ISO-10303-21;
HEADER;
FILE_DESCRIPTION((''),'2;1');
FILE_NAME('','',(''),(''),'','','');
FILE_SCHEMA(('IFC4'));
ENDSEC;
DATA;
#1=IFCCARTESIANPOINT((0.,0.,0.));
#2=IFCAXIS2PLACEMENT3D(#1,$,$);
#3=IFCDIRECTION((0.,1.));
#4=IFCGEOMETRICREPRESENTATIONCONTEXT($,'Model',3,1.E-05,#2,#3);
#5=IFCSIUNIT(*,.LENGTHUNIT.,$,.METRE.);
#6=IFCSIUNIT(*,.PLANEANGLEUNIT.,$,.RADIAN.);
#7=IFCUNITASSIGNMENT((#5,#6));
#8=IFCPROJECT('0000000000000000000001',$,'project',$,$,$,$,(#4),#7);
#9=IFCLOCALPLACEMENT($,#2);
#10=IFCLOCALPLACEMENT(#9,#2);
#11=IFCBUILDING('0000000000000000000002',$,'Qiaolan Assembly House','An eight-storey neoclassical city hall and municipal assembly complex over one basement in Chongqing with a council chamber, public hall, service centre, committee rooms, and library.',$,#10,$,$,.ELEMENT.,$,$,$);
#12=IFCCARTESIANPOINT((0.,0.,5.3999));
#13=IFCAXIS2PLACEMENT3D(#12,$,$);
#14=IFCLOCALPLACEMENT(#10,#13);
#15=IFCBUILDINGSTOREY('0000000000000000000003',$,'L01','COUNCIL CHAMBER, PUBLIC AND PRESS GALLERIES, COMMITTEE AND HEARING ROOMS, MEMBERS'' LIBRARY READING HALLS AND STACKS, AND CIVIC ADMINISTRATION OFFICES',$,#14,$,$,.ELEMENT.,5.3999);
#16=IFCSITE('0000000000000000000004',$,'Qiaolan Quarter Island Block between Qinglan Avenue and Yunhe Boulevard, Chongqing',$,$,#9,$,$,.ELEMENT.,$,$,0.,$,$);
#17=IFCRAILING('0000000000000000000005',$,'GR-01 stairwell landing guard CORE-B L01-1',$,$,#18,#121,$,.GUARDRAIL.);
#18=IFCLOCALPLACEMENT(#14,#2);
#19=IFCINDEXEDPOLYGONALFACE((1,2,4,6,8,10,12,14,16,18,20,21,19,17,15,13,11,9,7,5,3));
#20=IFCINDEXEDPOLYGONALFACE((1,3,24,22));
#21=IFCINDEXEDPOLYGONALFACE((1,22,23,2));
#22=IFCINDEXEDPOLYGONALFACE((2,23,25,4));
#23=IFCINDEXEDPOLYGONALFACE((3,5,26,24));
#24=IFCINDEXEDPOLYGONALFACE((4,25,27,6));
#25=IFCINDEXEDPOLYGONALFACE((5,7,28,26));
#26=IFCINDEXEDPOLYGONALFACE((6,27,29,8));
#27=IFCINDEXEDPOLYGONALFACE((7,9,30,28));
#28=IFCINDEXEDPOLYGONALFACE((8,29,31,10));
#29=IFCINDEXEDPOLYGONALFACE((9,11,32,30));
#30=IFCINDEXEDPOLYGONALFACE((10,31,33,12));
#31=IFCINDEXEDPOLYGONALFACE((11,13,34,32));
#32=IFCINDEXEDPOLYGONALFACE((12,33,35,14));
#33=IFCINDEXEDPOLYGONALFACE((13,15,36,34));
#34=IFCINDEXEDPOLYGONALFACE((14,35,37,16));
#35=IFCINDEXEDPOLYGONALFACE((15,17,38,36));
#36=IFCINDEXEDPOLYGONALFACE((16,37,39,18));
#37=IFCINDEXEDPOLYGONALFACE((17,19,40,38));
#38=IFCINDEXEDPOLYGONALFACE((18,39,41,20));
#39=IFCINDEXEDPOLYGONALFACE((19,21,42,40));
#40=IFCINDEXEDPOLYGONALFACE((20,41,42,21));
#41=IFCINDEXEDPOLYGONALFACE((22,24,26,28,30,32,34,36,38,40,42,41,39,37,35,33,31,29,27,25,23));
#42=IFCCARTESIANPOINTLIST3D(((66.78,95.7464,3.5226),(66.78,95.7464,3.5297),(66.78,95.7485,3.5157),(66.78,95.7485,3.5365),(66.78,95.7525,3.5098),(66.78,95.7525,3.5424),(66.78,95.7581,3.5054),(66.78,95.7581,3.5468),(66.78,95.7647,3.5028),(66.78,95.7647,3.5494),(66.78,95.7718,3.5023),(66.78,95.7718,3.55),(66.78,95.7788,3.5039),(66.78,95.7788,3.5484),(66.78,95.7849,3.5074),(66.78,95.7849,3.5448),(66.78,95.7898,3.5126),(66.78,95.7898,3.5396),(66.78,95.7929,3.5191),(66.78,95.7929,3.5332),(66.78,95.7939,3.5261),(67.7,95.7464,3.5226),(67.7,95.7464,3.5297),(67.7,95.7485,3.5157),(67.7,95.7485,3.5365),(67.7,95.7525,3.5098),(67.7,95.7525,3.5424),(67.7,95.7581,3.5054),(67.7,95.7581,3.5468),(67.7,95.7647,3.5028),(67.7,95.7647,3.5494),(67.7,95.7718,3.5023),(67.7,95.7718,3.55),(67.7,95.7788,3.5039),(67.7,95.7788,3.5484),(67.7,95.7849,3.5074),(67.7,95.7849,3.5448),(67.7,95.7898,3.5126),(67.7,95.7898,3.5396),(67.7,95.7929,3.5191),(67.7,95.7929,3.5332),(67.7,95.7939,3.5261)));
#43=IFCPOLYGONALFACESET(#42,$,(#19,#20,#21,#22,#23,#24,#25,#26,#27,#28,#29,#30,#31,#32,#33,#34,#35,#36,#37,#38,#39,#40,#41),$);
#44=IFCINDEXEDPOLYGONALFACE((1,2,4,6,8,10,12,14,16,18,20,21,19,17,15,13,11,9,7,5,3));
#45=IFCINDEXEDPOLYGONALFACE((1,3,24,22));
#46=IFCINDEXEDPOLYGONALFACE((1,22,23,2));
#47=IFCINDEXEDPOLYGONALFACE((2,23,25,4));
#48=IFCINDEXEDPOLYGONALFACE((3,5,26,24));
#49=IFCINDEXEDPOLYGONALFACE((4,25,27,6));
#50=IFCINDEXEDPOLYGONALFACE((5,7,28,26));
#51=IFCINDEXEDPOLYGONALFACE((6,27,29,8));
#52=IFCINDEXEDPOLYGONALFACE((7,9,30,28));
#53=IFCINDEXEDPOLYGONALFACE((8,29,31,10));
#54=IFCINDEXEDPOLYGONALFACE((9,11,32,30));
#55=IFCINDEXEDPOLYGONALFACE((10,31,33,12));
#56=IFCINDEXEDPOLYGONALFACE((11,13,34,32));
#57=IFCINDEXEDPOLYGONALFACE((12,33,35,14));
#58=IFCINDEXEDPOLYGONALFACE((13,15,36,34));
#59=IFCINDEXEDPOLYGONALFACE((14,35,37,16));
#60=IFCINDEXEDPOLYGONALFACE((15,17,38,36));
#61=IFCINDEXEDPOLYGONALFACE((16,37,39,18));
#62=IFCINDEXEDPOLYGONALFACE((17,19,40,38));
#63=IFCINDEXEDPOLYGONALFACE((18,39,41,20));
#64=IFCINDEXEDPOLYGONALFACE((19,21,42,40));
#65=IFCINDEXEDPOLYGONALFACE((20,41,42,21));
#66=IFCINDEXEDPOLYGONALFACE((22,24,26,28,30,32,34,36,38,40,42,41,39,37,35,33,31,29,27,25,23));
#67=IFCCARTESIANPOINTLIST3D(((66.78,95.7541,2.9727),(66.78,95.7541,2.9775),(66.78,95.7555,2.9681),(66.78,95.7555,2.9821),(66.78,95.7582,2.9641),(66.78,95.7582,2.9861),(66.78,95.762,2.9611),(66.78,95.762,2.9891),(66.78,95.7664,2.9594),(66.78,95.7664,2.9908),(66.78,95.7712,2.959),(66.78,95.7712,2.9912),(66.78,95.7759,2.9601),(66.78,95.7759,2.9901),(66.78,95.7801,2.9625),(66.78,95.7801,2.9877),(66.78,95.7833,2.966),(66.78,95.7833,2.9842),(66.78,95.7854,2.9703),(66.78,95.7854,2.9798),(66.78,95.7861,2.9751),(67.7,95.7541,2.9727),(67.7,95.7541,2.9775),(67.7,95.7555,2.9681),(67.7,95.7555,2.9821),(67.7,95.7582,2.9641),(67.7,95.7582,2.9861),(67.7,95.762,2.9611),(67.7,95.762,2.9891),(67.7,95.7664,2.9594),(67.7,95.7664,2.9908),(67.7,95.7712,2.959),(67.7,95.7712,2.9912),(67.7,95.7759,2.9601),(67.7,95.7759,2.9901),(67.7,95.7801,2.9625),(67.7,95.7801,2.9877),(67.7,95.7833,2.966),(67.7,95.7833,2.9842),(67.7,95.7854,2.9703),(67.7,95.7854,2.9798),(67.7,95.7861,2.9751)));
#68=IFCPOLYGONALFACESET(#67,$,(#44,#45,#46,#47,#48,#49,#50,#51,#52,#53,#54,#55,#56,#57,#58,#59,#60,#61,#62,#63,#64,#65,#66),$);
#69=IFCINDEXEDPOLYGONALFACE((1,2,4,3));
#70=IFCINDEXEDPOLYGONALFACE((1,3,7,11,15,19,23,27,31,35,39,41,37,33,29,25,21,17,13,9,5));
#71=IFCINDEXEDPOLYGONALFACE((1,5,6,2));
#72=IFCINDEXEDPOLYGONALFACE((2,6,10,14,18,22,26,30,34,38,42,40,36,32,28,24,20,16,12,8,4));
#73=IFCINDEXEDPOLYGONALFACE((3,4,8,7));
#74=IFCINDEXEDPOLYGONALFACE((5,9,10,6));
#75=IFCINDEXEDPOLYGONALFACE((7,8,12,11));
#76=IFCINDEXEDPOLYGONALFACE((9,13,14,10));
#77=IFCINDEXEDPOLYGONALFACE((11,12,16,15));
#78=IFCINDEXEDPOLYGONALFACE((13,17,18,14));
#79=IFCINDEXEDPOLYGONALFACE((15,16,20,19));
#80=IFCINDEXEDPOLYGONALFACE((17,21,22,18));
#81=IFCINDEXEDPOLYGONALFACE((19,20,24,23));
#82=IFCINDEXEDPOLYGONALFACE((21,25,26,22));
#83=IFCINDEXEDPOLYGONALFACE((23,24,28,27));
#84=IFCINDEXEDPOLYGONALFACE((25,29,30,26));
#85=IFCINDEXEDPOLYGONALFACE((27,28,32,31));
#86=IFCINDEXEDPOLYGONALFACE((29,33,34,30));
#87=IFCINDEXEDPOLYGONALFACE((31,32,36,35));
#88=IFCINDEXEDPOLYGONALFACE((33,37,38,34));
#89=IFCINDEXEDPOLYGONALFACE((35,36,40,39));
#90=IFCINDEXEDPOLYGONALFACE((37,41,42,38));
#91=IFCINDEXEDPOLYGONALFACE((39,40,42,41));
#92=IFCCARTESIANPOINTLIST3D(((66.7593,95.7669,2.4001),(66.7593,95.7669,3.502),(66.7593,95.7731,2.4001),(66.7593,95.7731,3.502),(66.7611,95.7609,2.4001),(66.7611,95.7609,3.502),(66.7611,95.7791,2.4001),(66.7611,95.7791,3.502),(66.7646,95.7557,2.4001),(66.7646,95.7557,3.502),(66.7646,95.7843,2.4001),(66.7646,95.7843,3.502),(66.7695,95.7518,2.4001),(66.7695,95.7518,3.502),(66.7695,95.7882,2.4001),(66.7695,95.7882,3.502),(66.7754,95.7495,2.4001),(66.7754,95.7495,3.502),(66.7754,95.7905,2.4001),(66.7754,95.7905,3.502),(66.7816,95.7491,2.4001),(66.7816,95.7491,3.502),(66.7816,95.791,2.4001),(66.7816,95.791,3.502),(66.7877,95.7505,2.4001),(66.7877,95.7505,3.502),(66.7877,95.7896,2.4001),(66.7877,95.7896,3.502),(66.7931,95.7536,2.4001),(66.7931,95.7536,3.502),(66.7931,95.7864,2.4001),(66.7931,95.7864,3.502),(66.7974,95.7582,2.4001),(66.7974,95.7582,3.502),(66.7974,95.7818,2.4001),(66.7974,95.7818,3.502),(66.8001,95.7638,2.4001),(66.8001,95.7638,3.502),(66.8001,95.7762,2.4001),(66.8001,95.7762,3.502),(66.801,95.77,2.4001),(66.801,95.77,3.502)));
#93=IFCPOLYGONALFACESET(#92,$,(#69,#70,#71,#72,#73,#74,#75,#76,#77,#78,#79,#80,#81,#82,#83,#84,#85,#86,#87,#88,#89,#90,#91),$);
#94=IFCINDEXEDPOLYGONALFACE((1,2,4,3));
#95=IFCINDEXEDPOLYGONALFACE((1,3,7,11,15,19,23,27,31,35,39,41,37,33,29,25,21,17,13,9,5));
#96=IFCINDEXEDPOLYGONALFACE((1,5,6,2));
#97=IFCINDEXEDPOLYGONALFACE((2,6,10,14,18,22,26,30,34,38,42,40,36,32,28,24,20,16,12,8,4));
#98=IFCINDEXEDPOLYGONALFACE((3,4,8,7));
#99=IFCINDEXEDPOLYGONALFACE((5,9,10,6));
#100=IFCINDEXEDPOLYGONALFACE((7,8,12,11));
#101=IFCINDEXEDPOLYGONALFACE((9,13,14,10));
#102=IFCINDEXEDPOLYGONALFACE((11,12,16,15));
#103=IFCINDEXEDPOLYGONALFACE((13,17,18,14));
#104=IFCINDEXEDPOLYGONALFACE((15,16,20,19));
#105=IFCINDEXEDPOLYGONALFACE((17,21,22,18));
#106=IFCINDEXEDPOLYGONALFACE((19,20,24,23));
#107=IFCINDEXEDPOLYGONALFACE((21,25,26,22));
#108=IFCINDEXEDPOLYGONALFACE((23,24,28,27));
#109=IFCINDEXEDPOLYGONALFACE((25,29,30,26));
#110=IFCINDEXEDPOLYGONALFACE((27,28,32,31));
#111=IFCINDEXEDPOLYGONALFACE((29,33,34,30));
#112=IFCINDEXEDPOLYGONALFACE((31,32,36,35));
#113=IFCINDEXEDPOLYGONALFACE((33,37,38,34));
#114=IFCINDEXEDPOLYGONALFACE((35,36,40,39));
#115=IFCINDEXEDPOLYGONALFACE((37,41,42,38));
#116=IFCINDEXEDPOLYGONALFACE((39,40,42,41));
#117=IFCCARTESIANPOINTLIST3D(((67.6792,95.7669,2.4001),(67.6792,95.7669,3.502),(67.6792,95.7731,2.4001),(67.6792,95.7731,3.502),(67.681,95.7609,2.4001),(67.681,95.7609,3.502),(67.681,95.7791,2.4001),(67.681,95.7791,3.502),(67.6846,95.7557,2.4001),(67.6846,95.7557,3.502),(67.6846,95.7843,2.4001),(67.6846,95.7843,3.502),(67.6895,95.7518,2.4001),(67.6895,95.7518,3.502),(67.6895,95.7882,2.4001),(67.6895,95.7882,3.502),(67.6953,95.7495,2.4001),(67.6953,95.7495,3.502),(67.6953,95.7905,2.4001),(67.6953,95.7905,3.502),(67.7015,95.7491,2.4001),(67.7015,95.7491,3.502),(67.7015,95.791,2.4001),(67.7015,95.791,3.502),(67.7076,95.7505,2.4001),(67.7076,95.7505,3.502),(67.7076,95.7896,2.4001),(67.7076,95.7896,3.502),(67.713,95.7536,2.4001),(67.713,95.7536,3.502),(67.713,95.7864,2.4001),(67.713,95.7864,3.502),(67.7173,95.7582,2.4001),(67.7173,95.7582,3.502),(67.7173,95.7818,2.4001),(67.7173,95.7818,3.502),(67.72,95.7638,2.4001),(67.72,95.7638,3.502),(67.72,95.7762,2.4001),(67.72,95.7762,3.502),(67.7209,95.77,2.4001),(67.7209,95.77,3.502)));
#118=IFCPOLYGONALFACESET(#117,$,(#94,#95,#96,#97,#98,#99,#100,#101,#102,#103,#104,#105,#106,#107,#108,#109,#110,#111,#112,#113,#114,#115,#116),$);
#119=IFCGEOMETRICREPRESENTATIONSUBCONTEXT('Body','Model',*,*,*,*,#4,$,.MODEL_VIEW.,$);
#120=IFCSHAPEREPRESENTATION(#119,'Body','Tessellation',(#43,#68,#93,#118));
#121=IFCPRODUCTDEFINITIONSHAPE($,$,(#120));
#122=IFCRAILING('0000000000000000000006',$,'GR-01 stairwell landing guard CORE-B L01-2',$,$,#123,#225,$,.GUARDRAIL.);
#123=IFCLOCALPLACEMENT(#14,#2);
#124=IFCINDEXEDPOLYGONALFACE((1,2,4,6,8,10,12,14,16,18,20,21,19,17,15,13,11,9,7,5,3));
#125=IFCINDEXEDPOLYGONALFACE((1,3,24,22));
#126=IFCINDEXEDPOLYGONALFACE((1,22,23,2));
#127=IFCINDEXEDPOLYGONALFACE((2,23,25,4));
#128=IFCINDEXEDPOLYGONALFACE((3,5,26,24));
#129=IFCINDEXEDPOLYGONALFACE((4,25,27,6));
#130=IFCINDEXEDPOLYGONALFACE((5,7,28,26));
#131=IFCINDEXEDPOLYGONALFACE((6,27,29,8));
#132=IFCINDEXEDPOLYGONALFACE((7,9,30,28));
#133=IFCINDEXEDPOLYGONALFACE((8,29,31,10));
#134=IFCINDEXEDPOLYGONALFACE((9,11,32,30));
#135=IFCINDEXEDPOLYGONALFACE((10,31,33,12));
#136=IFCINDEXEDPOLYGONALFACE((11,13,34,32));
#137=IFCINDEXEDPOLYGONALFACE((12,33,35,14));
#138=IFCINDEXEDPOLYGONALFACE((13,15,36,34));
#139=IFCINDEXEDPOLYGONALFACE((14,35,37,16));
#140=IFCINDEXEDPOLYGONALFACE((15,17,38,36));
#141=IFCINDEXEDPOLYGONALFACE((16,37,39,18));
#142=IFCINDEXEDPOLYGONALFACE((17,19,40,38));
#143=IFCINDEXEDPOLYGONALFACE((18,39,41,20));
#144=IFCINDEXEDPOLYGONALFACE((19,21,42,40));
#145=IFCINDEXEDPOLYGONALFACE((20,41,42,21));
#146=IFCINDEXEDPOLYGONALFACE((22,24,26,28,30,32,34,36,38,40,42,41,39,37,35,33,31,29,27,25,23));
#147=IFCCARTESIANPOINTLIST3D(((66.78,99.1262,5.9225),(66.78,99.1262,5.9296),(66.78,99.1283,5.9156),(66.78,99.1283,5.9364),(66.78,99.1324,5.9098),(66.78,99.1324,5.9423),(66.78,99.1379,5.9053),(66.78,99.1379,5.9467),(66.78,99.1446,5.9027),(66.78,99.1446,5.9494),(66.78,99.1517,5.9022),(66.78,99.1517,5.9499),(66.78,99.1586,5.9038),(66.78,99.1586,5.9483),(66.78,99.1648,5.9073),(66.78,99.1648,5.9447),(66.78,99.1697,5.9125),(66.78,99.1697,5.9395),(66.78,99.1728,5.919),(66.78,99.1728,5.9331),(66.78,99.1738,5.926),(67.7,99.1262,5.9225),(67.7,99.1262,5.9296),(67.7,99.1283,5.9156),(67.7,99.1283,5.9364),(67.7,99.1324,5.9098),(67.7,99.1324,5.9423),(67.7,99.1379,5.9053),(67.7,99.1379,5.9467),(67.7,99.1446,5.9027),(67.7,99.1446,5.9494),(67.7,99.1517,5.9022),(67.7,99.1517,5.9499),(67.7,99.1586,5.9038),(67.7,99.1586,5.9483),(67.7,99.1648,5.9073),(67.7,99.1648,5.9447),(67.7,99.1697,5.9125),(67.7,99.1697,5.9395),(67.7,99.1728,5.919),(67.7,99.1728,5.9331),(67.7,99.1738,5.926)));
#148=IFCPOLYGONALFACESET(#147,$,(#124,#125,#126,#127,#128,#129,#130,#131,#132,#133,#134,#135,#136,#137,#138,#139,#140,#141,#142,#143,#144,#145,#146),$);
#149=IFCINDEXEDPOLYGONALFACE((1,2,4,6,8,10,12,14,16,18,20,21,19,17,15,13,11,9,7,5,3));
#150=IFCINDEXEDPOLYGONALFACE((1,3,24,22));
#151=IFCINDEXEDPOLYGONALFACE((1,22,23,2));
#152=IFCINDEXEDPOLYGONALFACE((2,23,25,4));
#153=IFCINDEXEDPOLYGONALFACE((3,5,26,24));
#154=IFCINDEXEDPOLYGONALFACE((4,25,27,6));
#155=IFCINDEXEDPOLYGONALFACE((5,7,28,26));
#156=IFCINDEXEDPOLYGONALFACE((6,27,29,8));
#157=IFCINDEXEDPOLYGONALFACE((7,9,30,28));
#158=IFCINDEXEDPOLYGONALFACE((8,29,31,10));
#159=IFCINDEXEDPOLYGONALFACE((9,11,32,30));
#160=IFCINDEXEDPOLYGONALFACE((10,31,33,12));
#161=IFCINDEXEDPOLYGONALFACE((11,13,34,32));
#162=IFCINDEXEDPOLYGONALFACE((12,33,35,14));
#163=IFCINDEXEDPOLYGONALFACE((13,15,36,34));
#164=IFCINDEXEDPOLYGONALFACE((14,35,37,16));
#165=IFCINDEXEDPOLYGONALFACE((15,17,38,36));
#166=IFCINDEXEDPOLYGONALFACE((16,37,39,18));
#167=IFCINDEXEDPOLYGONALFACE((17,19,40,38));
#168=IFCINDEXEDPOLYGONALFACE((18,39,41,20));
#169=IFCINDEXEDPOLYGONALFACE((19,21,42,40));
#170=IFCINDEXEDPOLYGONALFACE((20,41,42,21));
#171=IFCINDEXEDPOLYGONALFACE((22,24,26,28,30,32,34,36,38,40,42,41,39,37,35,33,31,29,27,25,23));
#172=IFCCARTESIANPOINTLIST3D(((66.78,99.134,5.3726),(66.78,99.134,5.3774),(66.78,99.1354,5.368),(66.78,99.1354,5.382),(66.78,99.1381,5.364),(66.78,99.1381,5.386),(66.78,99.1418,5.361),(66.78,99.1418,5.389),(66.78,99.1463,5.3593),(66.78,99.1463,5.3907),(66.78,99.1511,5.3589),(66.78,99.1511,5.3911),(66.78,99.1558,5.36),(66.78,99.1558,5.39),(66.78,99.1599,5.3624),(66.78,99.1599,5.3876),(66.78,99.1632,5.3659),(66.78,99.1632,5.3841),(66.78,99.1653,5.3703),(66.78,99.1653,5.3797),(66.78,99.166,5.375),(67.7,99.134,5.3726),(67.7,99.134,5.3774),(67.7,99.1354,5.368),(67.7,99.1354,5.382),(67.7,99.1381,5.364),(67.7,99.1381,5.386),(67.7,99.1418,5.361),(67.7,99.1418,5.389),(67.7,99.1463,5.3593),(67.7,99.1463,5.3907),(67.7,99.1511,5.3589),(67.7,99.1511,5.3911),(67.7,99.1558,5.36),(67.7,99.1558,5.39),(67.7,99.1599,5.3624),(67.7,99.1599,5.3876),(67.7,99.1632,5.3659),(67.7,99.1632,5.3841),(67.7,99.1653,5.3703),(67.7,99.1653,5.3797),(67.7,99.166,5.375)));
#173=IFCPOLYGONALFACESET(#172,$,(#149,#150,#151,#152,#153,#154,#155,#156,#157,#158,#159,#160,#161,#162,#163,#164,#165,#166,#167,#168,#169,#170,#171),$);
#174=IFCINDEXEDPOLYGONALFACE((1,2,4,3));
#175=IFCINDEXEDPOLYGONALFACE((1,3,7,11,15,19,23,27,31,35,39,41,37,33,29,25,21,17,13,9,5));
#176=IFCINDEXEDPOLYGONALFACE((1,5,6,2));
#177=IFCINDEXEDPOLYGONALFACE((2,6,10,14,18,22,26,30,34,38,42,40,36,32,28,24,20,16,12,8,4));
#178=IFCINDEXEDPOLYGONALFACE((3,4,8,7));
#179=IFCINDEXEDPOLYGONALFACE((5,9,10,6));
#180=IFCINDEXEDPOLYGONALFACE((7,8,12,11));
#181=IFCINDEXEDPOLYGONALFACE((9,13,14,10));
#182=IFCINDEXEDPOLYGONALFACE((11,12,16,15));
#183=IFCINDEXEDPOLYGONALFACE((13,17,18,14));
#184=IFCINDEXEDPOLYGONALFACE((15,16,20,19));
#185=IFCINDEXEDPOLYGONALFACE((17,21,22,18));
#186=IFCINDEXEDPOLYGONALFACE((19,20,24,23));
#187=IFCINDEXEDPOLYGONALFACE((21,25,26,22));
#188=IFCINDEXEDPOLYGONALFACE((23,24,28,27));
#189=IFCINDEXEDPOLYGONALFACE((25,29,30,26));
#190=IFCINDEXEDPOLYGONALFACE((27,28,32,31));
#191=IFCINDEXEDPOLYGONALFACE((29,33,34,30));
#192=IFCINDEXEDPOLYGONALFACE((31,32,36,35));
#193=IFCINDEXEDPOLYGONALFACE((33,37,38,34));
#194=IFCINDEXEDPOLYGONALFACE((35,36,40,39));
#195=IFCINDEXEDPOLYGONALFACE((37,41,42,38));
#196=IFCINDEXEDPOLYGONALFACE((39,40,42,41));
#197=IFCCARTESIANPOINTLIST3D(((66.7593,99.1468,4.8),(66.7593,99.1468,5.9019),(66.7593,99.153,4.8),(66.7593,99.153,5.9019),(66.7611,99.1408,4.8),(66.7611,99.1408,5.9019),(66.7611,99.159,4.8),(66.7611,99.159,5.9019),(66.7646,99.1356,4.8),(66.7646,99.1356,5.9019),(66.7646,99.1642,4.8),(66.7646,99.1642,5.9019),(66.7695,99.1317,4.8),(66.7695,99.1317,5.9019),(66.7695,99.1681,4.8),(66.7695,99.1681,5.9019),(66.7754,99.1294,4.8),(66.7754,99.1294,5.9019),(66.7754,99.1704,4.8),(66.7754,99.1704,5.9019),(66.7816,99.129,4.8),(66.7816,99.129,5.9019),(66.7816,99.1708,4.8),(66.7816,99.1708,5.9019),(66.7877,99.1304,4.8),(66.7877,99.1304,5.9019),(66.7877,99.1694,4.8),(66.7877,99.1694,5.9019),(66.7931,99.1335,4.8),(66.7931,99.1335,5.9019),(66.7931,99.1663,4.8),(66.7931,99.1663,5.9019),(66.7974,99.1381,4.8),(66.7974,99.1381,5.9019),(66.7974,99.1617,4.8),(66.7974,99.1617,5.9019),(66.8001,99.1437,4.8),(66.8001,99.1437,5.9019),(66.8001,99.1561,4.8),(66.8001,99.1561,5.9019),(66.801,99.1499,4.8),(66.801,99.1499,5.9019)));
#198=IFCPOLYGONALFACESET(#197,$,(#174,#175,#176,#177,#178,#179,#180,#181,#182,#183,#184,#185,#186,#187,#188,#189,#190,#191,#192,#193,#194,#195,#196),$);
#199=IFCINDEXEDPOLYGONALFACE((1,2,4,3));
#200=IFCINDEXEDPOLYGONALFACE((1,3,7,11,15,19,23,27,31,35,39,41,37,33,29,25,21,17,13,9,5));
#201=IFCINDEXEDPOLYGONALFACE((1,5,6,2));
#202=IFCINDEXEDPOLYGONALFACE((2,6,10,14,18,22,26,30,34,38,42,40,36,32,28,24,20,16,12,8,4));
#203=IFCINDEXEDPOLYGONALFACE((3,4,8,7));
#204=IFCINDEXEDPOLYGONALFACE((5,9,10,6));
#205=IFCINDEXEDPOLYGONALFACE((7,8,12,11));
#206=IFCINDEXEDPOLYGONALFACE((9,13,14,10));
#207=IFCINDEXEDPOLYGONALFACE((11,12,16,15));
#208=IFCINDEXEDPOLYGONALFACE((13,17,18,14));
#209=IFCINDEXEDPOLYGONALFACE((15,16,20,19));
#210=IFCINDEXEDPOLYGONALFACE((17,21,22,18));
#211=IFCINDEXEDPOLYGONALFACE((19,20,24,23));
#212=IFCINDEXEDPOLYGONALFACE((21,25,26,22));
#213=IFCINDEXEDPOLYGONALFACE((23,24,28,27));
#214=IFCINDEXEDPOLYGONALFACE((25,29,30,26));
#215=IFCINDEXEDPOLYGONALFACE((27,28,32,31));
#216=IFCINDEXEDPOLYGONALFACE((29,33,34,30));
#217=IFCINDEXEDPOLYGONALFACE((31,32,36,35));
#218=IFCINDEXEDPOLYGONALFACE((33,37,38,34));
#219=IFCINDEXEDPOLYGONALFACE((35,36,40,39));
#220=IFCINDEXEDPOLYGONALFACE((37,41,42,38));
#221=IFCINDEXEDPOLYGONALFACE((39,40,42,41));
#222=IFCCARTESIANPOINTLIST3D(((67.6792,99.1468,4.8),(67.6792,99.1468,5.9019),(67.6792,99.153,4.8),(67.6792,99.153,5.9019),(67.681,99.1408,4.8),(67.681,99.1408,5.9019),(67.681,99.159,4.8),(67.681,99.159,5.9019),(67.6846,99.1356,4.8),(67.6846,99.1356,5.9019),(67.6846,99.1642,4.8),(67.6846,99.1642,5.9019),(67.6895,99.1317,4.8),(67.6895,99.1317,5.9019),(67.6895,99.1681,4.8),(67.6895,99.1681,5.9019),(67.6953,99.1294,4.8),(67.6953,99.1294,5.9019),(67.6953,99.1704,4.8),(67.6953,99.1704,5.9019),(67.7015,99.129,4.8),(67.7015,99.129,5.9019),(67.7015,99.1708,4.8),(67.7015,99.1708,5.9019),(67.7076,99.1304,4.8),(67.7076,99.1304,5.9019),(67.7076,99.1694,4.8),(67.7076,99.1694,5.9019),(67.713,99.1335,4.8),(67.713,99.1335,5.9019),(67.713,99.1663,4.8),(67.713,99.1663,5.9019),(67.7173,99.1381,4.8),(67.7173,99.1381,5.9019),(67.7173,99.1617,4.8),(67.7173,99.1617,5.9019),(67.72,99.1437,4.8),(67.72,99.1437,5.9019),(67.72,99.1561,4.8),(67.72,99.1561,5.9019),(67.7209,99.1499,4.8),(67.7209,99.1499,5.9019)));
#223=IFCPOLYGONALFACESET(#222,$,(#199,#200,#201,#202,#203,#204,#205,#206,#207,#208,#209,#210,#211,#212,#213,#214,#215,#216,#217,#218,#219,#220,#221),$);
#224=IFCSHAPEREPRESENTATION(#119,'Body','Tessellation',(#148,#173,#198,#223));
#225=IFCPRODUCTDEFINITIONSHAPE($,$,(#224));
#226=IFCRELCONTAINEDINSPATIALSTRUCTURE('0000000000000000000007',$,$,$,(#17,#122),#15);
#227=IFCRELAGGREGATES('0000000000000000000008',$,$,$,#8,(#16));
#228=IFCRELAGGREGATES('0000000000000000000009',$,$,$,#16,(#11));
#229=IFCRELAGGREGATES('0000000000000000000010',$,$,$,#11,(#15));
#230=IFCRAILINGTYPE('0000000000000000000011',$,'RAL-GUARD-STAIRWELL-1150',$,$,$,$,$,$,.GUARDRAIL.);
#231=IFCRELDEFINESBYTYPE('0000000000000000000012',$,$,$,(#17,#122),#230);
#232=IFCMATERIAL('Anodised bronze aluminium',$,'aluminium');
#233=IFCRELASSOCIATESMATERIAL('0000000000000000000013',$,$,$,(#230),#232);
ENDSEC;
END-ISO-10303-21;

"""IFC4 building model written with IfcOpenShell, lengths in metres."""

from ifc_helpers import new_model, si_unit, direction, frame, origin, origin_2d, place, context, subcontext, project, spatial, circle, extrude, material, type_object, element, save


model = new_model("IFC4")

# Units and contexts
model_context = context("Model", 3, precision=1e-05, world=origin(), true_north=direction((0.0, 1.0)))
body_context = subcontext(model_context, "Body", "Model", "MODEL_VIEW")
ifc_project = project(units=[si_unit("LENGTHUNIT", "METRE"), si_unit("PLANEANGLEUNIT", "RADIAN")], contexts=[model_context])

# Site, building, storey
site_placement = place(None, origin())
site = spatial("IfcSite", under=ifc_project, at=site_placement, Name="Qiaolan Quarter Island Block between Qinglan Avenue and Yunhe Boulevard, Chongqing", CompositionType="ELEMENT", RefElevation=0.0)
building_placement = place(site_placement, origin())
building = spatial("IfcBuilding", under=site, at=building_placement, Name="Qiaolan Assembly House", Description="An eight-storey neoclassical city hall and municipal assembly complex over one basement in Chongqing with a council chamber, public hall, service centre, committee rooms, and library.", CompositionType="ELEMENT")
storey_placement = place(building_placement, frame((0.0, 0.0, 5.3999)))
storey = spatial("IfcBuildingStorey", under=building, at=storey_placement, Name="L01", Description="COUNCIL CHAMBER, PUBLIC AND PRESS GALLERIES, COMMITTEE AND HEARING ROOMS, MEMBERS' LIBRARY READING HALLS AND STACKS, AND CIVIC ADMINISTRATION OFFICES", CompositionType="ELEMENT", Elevation=5.3999)

# Railings
ifc_material_1 = material(Name="Anodised bronze aluminium", Category="aluminium")
railing_type_1 = type_object("IfcRailingType", Name="RAL-GUARD-STAIRWELL-1150", PredefinedType="GUARDRAIL", material=ifc_material_1)
for number, where, name in (
    (1, (66.78, 95.77, 2.4001), "GR-01 stairwell landing guard CORE-B L01-1"),
    (2, (66.78, 99.1499, 4.8), "GR-01 stairwell landing guard CORE-B L01-2"),
):
    element("IfcRailing", number, at=place(storey_placement, frame(where)), inside=storey, type_object=railing_type_1, Name=name, PredefinedType="GUARDRAIL", context=body_context, shape_type="SweptSolid", body=[
        extrude(circle(Radius=0.0239, at=origin_2d()), frame((0.0, 0.0, 1.126), z_axis=(1.0, 0.0, 0.0), x_axis=(0.0, 1.0, 0.0)), (0.0, 0.0, 1.0), 0.9199),
        extrude(circle(Radius=0.0161, at=origin_2d()), frame((0.0, 0.0, 0.575), z_axis=(1.0, 0.0, 0.0), x_axis=(0.0, 1.0, 0.0)), (0.0, 0.0, 1.0), 0.9199),
        extrude(circle(Radius=0.021, at=origin_2d()), origin(), (0.0, 0.0, 1.0), 1.1018),
        extrude(circle(Radius=0.021, at=origin_2d()), frame((0.9199, 0.0, 0.0)), (0.0, 0.0, 1.0), 1.1018),
    ])

save(model, "model.ifc")
